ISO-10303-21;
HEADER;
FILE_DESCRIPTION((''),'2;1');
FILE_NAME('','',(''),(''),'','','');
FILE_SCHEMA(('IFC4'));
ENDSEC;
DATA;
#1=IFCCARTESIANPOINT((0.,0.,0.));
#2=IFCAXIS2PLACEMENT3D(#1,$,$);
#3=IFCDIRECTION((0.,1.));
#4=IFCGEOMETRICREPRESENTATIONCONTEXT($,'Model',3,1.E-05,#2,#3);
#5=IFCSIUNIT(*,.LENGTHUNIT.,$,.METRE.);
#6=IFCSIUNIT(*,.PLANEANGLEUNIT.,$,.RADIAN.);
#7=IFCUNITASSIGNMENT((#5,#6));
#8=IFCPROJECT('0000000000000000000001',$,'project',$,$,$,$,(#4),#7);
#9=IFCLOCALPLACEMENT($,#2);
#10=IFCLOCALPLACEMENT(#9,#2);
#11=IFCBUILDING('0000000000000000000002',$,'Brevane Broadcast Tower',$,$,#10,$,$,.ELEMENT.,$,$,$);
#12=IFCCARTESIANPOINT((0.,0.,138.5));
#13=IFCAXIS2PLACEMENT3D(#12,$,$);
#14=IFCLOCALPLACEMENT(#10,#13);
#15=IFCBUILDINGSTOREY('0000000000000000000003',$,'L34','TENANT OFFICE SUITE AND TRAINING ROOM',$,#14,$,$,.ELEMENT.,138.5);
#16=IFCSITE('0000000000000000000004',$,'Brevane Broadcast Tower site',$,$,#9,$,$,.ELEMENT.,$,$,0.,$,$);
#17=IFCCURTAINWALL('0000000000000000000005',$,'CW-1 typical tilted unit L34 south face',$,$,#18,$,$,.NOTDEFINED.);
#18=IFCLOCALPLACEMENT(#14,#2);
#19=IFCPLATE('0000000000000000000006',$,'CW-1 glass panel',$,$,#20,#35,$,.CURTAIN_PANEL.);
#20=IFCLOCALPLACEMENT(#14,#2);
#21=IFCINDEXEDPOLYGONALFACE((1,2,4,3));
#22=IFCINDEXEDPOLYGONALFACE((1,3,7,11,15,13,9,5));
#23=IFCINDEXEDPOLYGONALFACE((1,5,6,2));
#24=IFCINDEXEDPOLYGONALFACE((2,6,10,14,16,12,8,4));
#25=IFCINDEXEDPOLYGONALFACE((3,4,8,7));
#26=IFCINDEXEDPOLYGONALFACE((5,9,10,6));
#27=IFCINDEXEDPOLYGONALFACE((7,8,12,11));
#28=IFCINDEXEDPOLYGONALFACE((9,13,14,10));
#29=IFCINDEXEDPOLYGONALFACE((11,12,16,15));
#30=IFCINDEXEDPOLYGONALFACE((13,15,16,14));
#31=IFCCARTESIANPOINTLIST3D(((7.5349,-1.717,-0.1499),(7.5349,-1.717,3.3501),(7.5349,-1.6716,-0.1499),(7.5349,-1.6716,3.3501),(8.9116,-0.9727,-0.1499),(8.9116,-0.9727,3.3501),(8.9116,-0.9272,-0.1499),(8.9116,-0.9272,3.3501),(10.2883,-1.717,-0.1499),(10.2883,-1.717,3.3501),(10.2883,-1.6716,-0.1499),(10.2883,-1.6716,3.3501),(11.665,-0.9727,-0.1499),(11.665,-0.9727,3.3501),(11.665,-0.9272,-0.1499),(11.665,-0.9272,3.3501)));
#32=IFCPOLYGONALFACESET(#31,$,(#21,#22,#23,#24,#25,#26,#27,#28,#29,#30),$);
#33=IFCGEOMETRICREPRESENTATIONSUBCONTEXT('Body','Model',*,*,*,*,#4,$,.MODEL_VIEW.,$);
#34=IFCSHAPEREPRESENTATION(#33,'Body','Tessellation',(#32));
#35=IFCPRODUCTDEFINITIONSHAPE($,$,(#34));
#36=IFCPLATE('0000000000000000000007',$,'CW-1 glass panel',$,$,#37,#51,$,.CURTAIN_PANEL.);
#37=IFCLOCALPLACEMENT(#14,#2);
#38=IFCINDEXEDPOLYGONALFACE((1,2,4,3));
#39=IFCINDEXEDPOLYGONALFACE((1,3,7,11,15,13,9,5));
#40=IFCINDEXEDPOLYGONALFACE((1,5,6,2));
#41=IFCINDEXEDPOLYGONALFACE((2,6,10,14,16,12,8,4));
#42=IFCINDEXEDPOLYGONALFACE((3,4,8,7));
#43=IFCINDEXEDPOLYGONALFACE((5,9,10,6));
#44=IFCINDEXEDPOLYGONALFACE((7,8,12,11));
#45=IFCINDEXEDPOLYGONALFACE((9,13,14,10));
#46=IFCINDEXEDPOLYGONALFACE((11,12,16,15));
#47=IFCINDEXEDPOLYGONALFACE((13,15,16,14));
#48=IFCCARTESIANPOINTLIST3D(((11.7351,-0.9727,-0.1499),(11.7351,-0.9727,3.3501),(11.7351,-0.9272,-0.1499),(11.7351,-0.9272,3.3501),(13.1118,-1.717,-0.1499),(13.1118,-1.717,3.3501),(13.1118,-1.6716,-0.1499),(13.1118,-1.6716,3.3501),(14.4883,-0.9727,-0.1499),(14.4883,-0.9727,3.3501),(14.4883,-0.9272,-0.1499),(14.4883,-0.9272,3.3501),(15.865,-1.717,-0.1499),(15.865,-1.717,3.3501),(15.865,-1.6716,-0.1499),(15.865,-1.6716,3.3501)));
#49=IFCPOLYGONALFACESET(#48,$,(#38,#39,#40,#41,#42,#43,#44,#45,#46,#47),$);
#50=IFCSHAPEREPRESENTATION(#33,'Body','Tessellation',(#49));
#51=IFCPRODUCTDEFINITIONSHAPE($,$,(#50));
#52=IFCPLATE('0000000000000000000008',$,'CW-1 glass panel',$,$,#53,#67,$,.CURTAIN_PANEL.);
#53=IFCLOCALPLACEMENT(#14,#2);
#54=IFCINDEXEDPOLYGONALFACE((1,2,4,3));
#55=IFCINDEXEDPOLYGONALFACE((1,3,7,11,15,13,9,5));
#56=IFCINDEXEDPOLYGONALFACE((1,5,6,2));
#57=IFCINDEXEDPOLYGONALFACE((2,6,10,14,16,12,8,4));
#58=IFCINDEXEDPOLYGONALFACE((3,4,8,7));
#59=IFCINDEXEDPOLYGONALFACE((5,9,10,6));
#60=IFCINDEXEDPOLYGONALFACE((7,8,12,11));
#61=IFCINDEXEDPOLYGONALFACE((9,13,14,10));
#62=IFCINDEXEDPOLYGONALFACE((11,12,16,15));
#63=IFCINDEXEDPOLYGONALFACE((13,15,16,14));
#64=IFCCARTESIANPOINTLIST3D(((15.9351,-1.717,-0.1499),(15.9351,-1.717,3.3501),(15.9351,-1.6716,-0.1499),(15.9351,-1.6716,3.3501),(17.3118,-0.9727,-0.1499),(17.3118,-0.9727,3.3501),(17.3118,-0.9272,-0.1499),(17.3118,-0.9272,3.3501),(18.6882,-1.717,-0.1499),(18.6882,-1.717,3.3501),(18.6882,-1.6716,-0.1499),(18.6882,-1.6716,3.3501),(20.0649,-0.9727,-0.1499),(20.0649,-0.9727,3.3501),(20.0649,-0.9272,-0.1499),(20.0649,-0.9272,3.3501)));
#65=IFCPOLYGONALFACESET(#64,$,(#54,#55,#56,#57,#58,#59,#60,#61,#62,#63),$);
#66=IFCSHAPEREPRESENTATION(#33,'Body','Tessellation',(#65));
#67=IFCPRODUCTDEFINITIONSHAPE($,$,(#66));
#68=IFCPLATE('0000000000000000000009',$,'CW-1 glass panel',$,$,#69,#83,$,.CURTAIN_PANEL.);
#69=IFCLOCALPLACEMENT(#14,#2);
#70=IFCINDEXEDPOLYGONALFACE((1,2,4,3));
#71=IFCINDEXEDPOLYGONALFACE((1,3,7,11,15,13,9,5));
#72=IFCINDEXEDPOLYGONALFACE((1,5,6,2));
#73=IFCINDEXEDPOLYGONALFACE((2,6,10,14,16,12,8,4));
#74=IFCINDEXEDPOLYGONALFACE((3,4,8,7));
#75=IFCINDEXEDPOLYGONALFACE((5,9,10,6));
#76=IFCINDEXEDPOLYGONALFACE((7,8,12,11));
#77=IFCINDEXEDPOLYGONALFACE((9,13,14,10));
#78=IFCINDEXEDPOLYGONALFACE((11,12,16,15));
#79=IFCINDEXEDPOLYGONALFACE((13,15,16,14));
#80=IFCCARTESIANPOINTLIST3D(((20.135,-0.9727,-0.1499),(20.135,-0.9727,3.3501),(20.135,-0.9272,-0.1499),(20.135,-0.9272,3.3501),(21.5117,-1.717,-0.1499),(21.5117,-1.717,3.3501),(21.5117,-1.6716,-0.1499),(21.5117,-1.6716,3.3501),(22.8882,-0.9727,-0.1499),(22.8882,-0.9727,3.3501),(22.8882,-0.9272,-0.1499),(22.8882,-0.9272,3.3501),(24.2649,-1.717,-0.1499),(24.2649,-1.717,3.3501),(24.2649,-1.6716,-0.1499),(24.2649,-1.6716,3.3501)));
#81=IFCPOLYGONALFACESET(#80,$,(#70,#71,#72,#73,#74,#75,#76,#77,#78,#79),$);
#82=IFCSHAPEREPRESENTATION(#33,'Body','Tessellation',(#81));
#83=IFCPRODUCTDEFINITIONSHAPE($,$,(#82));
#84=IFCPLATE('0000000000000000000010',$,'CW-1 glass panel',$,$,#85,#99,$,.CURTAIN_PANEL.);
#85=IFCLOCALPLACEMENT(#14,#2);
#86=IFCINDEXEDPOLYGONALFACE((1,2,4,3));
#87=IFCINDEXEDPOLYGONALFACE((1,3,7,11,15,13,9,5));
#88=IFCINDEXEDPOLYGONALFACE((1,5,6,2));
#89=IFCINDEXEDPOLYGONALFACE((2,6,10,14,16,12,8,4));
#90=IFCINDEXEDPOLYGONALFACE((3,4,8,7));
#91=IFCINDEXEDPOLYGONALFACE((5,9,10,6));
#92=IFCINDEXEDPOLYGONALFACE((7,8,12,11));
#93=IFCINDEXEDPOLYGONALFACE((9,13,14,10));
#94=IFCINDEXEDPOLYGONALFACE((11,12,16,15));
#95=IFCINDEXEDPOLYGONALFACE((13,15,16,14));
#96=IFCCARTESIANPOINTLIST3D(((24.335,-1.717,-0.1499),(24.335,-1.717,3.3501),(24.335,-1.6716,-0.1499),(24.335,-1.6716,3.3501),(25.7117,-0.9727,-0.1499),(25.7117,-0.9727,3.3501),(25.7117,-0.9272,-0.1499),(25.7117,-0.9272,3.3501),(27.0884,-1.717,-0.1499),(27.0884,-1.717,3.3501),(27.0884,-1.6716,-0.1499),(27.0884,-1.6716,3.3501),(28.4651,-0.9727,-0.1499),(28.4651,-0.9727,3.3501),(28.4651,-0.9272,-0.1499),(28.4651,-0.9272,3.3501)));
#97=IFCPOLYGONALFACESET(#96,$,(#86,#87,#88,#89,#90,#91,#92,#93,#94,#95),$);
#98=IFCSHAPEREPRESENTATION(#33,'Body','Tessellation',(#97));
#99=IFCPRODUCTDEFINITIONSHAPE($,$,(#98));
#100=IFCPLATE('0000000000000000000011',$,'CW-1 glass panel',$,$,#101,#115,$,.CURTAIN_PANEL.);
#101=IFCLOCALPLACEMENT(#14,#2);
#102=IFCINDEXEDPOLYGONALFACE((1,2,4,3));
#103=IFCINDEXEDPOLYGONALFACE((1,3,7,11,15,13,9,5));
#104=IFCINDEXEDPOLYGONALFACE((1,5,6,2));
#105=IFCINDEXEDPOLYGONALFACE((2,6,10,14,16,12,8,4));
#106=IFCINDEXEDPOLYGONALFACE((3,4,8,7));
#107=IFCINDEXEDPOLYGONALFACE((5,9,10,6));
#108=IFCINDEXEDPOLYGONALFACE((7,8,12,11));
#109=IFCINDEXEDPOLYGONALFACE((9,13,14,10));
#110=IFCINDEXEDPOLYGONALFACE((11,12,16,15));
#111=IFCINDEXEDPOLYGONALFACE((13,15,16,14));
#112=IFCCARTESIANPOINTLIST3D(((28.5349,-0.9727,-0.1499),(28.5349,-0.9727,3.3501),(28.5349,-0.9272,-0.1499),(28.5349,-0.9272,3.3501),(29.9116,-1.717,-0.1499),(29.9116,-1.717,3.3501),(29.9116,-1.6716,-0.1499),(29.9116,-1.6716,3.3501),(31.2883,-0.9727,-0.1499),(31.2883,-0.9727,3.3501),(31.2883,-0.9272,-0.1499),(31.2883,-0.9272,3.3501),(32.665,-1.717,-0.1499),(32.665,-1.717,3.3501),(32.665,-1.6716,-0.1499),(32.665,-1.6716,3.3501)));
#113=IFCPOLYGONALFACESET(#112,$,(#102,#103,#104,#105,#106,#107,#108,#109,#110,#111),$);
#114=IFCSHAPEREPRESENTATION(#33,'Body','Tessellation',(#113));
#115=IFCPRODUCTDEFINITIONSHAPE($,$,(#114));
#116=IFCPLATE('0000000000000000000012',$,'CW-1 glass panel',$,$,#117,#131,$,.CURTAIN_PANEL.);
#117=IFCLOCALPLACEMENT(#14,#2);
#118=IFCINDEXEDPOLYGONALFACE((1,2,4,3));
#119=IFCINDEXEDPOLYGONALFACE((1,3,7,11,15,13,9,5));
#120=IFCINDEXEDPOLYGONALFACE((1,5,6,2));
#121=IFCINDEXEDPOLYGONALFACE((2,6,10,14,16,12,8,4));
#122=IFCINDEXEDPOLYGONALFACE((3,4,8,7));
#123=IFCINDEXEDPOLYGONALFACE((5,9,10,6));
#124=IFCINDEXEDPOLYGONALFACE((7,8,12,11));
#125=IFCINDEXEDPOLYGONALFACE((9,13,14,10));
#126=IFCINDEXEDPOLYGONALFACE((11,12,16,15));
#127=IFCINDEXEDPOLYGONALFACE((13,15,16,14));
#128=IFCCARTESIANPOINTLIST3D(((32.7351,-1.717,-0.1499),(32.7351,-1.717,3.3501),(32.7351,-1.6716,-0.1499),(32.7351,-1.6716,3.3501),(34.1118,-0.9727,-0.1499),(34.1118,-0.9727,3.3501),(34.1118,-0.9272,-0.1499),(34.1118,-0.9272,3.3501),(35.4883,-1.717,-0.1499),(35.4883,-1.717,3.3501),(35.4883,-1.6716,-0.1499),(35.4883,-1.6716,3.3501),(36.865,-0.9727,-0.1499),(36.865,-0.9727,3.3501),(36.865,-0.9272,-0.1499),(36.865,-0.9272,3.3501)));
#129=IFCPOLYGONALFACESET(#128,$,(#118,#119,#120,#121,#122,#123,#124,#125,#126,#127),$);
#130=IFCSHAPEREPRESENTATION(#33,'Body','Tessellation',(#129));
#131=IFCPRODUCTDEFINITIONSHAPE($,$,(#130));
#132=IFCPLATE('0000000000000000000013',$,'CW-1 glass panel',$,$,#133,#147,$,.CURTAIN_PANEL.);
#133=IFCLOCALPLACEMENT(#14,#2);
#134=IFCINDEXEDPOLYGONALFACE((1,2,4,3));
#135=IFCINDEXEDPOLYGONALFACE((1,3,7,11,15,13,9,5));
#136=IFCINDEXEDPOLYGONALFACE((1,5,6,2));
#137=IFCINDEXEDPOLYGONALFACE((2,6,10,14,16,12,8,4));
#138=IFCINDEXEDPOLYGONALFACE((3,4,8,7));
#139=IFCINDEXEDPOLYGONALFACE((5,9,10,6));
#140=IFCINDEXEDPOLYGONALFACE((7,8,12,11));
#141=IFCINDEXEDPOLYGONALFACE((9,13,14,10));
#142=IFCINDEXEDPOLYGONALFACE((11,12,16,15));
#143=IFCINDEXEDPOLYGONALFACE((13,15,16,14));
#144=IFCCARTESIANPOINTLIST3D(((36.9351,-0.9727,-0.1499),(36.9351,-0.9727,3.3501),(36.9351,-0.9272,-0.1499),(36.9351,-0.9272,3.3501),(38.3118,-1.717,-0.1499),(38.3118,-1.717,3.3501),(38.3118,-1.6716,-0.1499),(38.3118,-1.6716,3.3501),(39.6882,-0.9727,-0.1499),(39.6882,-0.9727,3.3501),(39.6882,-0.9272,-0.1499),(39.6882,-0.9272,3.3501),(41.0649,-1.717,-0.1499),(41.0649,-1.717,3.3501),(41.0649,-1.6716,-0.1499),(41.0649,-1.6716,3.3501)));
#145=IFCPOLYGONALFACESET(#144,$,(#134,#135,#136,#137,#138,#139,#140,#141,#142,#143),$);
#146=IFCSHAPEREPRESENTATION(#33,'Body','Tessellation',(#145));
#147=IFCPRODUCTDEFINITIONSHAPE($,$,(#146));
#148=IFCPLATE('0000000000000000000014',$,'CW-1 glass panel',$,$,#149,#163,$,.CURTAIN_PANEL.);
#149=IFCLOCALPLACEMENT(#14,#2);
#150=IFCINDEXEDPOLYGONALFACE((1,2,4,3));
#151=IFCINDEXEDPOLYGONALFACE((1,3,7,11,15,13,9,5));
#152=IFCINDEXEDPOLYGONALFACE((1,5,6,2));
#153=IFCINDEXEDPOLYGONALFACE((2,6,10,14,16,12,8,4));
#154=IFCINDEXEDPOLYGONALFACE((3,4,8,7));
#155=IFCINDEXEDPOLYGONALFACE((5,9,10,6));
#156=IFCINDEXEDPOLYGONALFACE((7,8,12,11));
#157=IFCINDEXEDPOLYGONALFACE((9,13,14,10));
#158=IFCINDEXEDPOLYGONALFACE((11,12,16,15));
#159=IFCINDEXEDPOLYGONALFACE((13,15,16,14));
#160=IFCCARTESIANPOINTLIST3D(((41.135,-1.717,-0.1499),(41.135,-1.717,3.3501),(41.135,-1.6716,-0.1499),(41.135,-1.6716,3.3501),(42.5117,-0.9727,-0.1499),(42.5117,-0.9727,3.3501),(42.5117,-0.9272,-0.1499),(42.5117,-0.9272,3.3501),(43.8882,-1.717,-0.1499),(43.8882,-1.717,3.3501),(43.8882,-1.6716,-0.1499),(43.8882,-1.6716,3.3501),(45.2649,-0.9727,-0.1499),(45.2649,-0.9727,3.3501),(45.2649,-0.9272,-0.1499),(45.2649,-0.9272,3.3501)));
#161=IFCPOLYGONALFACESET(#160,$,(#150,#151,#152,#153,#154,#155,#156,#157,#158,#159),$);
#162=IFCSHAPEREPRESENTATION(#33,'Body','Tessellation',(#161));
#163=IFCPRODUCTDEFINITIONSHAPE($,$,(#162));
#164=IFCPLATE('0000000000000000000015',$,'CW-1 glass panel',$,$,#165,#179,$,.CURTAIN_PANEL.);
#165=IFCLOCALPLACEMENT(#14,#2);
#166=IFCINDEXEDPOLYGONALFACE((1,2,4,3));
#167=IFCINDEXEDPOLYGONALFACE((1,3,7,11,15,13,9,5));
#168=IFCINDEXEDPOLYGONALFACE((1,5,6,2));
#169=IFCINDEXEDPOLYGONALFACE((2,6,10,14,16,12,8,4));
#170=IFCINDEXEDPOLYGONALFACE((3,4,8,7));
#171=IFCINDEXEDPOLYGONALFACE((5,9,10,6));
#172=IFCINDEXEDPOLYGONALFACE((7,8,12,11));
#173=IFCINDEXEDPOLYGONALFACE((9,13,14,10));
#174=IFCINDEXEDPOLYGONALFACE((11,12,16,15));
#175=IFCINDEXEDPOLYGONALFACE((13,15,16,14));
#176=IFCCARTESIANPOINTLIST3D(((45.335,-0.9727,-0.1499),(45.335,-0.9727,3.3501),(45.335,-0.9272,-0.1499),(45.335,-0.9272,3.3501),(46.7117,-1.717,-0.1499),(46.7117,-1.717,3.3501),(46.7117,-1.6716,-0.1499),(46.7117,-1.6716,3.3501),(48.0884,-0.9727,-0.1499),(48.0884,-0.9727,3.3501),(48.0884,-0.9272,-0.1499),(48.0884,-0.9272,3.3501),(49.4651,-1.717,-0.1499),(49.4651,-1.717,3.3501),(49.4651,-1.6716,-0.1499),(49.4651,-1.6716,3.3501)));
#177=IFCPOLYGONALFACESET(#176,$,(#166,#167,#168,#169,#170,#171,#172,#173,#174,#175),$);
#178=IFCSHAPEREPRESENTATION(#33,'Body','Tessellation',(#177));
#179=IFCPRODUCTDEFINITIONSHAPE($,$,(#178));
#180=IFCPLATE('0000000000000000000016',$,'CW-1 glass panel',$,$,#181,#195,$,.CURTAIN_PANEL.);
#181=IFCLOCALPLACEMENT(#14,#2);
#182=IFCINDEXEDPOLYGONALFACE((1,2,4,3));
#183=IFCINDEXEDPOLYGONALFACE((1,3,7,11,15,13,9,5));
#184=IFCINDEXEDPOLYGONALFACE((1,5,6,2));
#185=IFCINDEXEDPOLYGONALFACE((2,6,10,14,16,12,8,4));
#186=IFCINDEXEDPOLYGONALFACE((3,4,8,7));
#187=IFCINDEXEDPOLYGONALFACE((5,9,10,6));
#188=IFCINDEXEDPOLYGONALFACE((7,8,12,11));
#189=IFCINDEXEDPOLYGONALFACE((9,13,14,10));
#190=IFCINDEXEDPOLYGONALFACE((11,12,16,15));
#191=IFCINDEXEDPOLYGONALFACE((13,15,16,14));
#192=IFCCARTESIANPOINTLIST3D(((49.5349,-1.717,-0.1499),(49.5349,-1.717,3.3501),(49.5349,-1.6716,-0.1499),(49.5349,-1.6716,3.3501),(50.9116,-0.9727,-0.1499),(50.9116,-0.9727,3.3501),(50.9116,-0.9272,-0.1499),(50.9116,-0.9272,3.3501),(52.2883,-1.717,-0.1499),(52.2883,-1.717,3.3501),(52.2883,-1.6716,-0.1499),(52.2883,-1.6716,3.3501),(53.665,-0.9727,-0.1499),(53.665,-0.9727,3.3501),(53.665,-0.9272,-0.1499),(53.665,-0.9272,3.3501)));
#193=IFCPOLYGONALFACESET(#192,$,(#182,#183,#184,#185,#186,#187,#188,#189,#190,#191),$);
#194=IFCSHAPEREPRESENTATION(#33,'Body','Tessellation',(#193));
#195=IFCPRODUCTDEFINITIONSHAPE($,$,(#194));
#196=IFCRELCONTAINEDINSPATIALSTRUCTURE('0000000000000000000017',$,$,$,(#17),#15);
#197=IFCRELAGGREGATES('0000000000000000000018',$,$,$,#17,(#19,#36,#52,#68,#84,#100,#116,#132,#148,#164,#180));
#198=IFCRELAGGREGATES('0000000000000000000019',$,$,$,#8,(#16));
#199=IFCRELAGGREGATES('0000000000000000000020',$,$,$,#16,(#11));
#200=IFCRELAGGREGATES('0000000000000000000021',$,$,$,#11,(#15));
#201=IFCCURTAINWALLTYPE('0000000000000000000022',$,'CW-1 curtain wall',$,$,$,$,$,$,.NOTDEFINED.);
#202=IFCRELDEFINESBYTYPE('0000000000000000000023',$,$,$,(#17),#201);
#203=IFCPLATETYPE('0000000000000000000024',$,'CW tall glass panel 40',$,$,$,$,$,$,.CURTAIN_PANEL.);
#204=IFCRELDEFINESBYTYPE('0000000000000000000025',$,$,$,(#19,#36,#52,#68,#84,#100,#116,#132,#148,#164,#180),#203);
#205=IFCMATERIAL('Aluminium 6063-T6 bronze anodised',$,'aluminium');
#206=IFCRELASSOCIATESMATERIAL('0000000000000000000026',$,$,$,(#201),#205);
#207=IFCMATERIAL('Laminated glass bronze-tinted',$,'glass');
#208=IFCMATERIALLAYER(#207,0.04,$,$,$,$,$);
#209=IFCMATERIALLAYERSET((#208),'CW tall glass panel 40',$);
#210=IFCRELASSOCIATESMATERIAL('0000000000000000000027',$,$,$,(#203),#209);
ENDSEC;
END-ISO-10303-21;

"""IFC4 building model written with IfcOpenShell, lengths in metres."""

from ifc_helpers import new_model, si_unit, direction, frame, origin, place, context, subcontext, project, spatial, polyline, outline, extrude, material, layer, layer_set, type_object, element, aggregate, save


model = new_model("IFC4")

# Units and contexts
model_context = context("Model", 3, precision=1e-05, world=origin(), true_north=direction((0.0, 1.0)))
body_context = subcontext(model_context, "Body", "Model", "MODEL_VIEW")
ifc_project = project(units=[si_unit("LENGTHUNIT", "METRE"), si_unit("PLANEANGLEUNIT", "RADIAN")], contexts=[model_context])

# Site, building, storey
site_placement = place(None, origin())
site = spatial("IfcSite", under=ifc_project, at=site_placement, Name="Brevane Broadcast Tower site", CompositionType="ELEMENT", RefElevation=0.0)
building_placement = place(site_placement, origin())
building = spatial("IfcBuilding", under=site, at=building_placement, Name="Brevane Broadcast Tower", CompositionType="ELEMENT")
storey_placement = place(building_placement, frame((0.0, 0.0, 138.5)))
storey = spatial("IfcBuildingStorey", under=building, at=storey_placement, Name="L34", Description="TENANT OFFICE SUITE AND TRAINING ROOM", CompositionType="ELEMENT", Elevation=138.5)

# Curtain wall, plates
ifc_material_1 = material(Name="Aluminium 6063-T6 bronze anodised", Category="aluminium")
curtain_wall_type = type_object("IfcCurtainWallType", Name="CW-1 curtain wall", PredefinedType="NOTDEFINED", material=ifc_material_1)
curtain_wall_1_placement = place(storey_placement, origin())
curtain_wall_1 = element("IfcCurtainWall", 1, at=curtain_wall_1_placement, inside=storey, type_object=curtain_wall_type, Name="CW-1 typical tilted unit L34 south face", PredefinedType="NOTDEFINED")
ifc_material_2 = material(Name="Laminated glass bronze-tinted", Category="glass")
ifc_layer = layer(ifc_material_2, 0.04)
ifc_layer_set = layer_set([ifc_layer], Name="CW tall glass panel 40")
plate_type = type_object("IfcPlateType", Name="CW tall glass panel 40", PredefinedType="CURTAIN_PANEL", material=ifc_layer_set)
plate_1_placement = place(storey_placement, frame((0.0, 0.0, -0.1499)))
plate_1 = element("IfcPlate", 2, at=plate_1_placement, type_object=plate_type, Name="CW-1 glass panel", PredefinedType="CURTAIN_PANEL", context=body_context, shape_type="SweptSolid", body=[
    extrude(outline(polyline([(7.5349, -1.6716), (7.5349, -1.717), (8.9116, -0.9727), (10.2883, -1.717), (11.665, -0.9727), (11.665, -0.9272), (10.2883, -1.6716), (8.9116, -0.9272), (7.5349, -1.6716)])), origin(), (0.0, 0.0, 1.0), 3.5),
])
plate_2_placement = place(storey_placement, frame((0.0, 0.0, -0.1499)))
plate_2 = element("IfcPlate", 3, at=plate_2_placement, type_object=plate_type, Name="CW-1 glass panel", PredefinedType="CURTAIN_PANEL", context=body_context, shape_type="SweptSolid", body=[
    extrude(outline(polyline([(11.7351, -0.9272), (11.7351, -0.9727), (13.1118, -1.717), (14.4883, -0.9727), (15.865, -1.717), (15.865, -1.6716), (14.4883, -0.9272), (13.1118, -1.6716), (11.7351, -0.9272)])), origin(), (0.0, 0.0, 1.0), 3.5),
])
plate_3_placement = place(storey_placement, frame((0.0, 0.0, -0.1499)))
plate_3 = element("IfcPlate", 4, at=plate_3_placement, type_object=plate_type, Name="CW-1 glass panel", PredefinedType="CURTAIN_PANEL", context=body_context, shape_type="SweptSolid", body=[
    extrude(outline(polyline([(15.9351, -1.6716), (15.9351, -1.717), (17.3118, -0.9727), (18.6882, -1.717), (20.0649, -0.9727), (20.0649, -0.9272), (18.6882, -1.6716), (17.3118, -0.9272), (15.9351, -1.6716)])), origin(), (0.0, 0.0, 1.0), 3.5),
])
plate_4_placement = place(storey_placement, frame((0.0, 0.0, -0.1499)))
plate_4 = element("IfcPlate", 5, at=plate_4_placement, type_object=plate_type, Name="CW-1 glass panel", PredefinedType="CURTAIN_PANEL", context=body_context, shape_type="SweptSolid", body=[
    extrude(outline(polyline([(20.135, -0.9272), (20.135, -0.9727), (21.5117, -1.717), (22.8882, -0.9727), (24.2649, -1.717), (24.2649, -1.6716), (22.8882, -0.9272), (21.5117, -1.6716), (20.135, -0.9272)])), origin(), (0.0, 0.0, 1.0), 3.5),
])
plate_5_placement = place(storey_placement, frame((0.0, 0.0, -0.1499)))
plate_5 = element("IfcPlate", 6, at=plate_5_placement, type_object=plate_type, Name="CW-1 glass panel", PredefinedType="CURTAIN_PANEL", context=body_context, shape_type="SweptSolid", body=[
    extrude(outline(polyline([(24.335, -1.6716), (24.335, -1.717), (25.7117, -0.9727), (27.0884, -1.717), (28.4651, -0.9727), (28.4651, -0.9272), (27.0884, -1.6716), (25.7117, -0.9272), (24.335, -1.6716)])), origin(), (0.0, 0.0, 1.0), 3.5),
])
plate_6_placement = place(storey_placement, frame((0.0, 0.0, -0.1499)))
plate_6 = element("IfcPlate", 7, at=plate_6_placement, type_object=plate_type, Name="CW-1 glass panel", PredefinedType="CURTAIN_PANEL", context=body_context, shape_type="SweptSolid", body=[
    extrude(outline(polyline([(28.5349, -0.9272), (28.5349, -0.9727), (29.9116, -1.717), (31.2883, -0.9727), (32.665, -1.717), (32.665, -1.6716), (31.2883, -0.9272), (29.9116, -1.6716), (28.5349, -0.9272)])), origin(), (0.0, 0.0, 1.0), 3.5),
])
plate_7_placement = place(storey_placement, frame((0.0, 0.0, -0.1499)))
plate_7 = element("IfcPlate", 8, at=plate_7_placement, type_object=plate_type, Name="CW-1 glass panel", PredefinedType="CURTAIN_PANEL", context=body_context, shape_type="SweptSolid", body=[
    extrude(outline(polyline([(32.7351, -1.6716), (32.7351, -1.717), (34.1118, -0.9727), (35.4883, -1.717), (36.865, -0.9727), (36.865, -0.9272), (35.4883, -1.6716), (34.1118, -0.9272), (32.7351, -1.6716)])), origin(), (0.0, 0.0, 1.0), 3.5),
])
plate_8_placement = place(storey_placement, frame((0.0, 0.0, -0.1499)))
plate_8 = element("IfcPlate", 9, at=plate_8_placement, type_object=plate_type, Name="CW-1 glass panel", PredefinedType="CURTAIN_PANEL", context=body_context, shape_type="SweptSolid", body=[
    extrude(outline(polyline([(36.9351, -0.9272), (36.9351, -0.9727), (38.3118, -1.717), (39.6882, -0.9727), (41.0649, -1.717), (41.0649, -1.6716), (39.6882, -0.9272), (38.3118, -1.6716), (36.9351, -0.9272)])), origin(), (0.0, 0.0, 1.0), 3.5),
])
plate_9_placement = place(storey_placement, frame((0.0, 0.0, -0.1499)))
plate_9 = element("IfcPlate", 10, at=plate_9_placement, type_object=plate_type, Name="CW-1 glass panel", PredefinedType="CURTAIN_PANEL", context=body_context, shape_type="SweptSolid", body=[
    extrude(outline(polyline([(41.135, -1.6716), (41.135, -1.717), (42.5117, -0.9727), (43.8882, -1.717), (45.2649, -0.9727), (45.2649, -0.9272), (43.8882, -1.6716), (42.5117, -0.9272), (41.135, -1.6716)])), origin(), (0.0, 0.0, 1.0), 3.5),
])
plate_10_placement = place(storey_placement, frame((0.0, 0.0, -0.1499)))
plate_10 = element("IfcPlate", 11, at=plate_10_placement, type_object=plate_type, Name="CW-1 glass panel", PredefinedType="CURTAIN_PANEL", context=body_context, shape_type="SweptSolid", body=[
    extrude(outline(polyline([(45.335, -0.9272), (45.335, -0.9727), (46.7117, -1.717), (48.0884, -0.9727), (49.4651, -1.717), (49.4651, -1.6716), (48.0884, -0.9272), (46.7117, -1.6716), (45.335, -0.9272)])), origin(), (0.0, 0.0, 1.0), 3.5),
])
plate_11_placement = place(storey_placement, frame((0.0, 0.0, -0.1499)))
plate_11 = element("IfcPlate", 12, at=plate_11_placement, type_object=plate_type, Name="CW-1 glass panel", PredefinedType="CURTAIN_PANEL", context=body_context, shape_type="SweptSolid", body=[
    extrude(outline(polyline([(49.5349, -1.6716), (49.5349, -1.717), (50.9116, -0.9727), (52.2883, -1.717), (53.665, -0.9727), (53.665, -0.9272), (52.2883, -1.6716), (50.9116, -0.9272), (49.5349, -1.6716)])), origin(), (0.0, 0.0, 1.0), 3.5),
])
aggregate(curtain_wall_1, [plate_1, plate_2, plate_3, plate_4, plate_5, plate_6, plate_7, plate_8, plate_9, plate_10, plate_11])

save(model, "model.ifc")
